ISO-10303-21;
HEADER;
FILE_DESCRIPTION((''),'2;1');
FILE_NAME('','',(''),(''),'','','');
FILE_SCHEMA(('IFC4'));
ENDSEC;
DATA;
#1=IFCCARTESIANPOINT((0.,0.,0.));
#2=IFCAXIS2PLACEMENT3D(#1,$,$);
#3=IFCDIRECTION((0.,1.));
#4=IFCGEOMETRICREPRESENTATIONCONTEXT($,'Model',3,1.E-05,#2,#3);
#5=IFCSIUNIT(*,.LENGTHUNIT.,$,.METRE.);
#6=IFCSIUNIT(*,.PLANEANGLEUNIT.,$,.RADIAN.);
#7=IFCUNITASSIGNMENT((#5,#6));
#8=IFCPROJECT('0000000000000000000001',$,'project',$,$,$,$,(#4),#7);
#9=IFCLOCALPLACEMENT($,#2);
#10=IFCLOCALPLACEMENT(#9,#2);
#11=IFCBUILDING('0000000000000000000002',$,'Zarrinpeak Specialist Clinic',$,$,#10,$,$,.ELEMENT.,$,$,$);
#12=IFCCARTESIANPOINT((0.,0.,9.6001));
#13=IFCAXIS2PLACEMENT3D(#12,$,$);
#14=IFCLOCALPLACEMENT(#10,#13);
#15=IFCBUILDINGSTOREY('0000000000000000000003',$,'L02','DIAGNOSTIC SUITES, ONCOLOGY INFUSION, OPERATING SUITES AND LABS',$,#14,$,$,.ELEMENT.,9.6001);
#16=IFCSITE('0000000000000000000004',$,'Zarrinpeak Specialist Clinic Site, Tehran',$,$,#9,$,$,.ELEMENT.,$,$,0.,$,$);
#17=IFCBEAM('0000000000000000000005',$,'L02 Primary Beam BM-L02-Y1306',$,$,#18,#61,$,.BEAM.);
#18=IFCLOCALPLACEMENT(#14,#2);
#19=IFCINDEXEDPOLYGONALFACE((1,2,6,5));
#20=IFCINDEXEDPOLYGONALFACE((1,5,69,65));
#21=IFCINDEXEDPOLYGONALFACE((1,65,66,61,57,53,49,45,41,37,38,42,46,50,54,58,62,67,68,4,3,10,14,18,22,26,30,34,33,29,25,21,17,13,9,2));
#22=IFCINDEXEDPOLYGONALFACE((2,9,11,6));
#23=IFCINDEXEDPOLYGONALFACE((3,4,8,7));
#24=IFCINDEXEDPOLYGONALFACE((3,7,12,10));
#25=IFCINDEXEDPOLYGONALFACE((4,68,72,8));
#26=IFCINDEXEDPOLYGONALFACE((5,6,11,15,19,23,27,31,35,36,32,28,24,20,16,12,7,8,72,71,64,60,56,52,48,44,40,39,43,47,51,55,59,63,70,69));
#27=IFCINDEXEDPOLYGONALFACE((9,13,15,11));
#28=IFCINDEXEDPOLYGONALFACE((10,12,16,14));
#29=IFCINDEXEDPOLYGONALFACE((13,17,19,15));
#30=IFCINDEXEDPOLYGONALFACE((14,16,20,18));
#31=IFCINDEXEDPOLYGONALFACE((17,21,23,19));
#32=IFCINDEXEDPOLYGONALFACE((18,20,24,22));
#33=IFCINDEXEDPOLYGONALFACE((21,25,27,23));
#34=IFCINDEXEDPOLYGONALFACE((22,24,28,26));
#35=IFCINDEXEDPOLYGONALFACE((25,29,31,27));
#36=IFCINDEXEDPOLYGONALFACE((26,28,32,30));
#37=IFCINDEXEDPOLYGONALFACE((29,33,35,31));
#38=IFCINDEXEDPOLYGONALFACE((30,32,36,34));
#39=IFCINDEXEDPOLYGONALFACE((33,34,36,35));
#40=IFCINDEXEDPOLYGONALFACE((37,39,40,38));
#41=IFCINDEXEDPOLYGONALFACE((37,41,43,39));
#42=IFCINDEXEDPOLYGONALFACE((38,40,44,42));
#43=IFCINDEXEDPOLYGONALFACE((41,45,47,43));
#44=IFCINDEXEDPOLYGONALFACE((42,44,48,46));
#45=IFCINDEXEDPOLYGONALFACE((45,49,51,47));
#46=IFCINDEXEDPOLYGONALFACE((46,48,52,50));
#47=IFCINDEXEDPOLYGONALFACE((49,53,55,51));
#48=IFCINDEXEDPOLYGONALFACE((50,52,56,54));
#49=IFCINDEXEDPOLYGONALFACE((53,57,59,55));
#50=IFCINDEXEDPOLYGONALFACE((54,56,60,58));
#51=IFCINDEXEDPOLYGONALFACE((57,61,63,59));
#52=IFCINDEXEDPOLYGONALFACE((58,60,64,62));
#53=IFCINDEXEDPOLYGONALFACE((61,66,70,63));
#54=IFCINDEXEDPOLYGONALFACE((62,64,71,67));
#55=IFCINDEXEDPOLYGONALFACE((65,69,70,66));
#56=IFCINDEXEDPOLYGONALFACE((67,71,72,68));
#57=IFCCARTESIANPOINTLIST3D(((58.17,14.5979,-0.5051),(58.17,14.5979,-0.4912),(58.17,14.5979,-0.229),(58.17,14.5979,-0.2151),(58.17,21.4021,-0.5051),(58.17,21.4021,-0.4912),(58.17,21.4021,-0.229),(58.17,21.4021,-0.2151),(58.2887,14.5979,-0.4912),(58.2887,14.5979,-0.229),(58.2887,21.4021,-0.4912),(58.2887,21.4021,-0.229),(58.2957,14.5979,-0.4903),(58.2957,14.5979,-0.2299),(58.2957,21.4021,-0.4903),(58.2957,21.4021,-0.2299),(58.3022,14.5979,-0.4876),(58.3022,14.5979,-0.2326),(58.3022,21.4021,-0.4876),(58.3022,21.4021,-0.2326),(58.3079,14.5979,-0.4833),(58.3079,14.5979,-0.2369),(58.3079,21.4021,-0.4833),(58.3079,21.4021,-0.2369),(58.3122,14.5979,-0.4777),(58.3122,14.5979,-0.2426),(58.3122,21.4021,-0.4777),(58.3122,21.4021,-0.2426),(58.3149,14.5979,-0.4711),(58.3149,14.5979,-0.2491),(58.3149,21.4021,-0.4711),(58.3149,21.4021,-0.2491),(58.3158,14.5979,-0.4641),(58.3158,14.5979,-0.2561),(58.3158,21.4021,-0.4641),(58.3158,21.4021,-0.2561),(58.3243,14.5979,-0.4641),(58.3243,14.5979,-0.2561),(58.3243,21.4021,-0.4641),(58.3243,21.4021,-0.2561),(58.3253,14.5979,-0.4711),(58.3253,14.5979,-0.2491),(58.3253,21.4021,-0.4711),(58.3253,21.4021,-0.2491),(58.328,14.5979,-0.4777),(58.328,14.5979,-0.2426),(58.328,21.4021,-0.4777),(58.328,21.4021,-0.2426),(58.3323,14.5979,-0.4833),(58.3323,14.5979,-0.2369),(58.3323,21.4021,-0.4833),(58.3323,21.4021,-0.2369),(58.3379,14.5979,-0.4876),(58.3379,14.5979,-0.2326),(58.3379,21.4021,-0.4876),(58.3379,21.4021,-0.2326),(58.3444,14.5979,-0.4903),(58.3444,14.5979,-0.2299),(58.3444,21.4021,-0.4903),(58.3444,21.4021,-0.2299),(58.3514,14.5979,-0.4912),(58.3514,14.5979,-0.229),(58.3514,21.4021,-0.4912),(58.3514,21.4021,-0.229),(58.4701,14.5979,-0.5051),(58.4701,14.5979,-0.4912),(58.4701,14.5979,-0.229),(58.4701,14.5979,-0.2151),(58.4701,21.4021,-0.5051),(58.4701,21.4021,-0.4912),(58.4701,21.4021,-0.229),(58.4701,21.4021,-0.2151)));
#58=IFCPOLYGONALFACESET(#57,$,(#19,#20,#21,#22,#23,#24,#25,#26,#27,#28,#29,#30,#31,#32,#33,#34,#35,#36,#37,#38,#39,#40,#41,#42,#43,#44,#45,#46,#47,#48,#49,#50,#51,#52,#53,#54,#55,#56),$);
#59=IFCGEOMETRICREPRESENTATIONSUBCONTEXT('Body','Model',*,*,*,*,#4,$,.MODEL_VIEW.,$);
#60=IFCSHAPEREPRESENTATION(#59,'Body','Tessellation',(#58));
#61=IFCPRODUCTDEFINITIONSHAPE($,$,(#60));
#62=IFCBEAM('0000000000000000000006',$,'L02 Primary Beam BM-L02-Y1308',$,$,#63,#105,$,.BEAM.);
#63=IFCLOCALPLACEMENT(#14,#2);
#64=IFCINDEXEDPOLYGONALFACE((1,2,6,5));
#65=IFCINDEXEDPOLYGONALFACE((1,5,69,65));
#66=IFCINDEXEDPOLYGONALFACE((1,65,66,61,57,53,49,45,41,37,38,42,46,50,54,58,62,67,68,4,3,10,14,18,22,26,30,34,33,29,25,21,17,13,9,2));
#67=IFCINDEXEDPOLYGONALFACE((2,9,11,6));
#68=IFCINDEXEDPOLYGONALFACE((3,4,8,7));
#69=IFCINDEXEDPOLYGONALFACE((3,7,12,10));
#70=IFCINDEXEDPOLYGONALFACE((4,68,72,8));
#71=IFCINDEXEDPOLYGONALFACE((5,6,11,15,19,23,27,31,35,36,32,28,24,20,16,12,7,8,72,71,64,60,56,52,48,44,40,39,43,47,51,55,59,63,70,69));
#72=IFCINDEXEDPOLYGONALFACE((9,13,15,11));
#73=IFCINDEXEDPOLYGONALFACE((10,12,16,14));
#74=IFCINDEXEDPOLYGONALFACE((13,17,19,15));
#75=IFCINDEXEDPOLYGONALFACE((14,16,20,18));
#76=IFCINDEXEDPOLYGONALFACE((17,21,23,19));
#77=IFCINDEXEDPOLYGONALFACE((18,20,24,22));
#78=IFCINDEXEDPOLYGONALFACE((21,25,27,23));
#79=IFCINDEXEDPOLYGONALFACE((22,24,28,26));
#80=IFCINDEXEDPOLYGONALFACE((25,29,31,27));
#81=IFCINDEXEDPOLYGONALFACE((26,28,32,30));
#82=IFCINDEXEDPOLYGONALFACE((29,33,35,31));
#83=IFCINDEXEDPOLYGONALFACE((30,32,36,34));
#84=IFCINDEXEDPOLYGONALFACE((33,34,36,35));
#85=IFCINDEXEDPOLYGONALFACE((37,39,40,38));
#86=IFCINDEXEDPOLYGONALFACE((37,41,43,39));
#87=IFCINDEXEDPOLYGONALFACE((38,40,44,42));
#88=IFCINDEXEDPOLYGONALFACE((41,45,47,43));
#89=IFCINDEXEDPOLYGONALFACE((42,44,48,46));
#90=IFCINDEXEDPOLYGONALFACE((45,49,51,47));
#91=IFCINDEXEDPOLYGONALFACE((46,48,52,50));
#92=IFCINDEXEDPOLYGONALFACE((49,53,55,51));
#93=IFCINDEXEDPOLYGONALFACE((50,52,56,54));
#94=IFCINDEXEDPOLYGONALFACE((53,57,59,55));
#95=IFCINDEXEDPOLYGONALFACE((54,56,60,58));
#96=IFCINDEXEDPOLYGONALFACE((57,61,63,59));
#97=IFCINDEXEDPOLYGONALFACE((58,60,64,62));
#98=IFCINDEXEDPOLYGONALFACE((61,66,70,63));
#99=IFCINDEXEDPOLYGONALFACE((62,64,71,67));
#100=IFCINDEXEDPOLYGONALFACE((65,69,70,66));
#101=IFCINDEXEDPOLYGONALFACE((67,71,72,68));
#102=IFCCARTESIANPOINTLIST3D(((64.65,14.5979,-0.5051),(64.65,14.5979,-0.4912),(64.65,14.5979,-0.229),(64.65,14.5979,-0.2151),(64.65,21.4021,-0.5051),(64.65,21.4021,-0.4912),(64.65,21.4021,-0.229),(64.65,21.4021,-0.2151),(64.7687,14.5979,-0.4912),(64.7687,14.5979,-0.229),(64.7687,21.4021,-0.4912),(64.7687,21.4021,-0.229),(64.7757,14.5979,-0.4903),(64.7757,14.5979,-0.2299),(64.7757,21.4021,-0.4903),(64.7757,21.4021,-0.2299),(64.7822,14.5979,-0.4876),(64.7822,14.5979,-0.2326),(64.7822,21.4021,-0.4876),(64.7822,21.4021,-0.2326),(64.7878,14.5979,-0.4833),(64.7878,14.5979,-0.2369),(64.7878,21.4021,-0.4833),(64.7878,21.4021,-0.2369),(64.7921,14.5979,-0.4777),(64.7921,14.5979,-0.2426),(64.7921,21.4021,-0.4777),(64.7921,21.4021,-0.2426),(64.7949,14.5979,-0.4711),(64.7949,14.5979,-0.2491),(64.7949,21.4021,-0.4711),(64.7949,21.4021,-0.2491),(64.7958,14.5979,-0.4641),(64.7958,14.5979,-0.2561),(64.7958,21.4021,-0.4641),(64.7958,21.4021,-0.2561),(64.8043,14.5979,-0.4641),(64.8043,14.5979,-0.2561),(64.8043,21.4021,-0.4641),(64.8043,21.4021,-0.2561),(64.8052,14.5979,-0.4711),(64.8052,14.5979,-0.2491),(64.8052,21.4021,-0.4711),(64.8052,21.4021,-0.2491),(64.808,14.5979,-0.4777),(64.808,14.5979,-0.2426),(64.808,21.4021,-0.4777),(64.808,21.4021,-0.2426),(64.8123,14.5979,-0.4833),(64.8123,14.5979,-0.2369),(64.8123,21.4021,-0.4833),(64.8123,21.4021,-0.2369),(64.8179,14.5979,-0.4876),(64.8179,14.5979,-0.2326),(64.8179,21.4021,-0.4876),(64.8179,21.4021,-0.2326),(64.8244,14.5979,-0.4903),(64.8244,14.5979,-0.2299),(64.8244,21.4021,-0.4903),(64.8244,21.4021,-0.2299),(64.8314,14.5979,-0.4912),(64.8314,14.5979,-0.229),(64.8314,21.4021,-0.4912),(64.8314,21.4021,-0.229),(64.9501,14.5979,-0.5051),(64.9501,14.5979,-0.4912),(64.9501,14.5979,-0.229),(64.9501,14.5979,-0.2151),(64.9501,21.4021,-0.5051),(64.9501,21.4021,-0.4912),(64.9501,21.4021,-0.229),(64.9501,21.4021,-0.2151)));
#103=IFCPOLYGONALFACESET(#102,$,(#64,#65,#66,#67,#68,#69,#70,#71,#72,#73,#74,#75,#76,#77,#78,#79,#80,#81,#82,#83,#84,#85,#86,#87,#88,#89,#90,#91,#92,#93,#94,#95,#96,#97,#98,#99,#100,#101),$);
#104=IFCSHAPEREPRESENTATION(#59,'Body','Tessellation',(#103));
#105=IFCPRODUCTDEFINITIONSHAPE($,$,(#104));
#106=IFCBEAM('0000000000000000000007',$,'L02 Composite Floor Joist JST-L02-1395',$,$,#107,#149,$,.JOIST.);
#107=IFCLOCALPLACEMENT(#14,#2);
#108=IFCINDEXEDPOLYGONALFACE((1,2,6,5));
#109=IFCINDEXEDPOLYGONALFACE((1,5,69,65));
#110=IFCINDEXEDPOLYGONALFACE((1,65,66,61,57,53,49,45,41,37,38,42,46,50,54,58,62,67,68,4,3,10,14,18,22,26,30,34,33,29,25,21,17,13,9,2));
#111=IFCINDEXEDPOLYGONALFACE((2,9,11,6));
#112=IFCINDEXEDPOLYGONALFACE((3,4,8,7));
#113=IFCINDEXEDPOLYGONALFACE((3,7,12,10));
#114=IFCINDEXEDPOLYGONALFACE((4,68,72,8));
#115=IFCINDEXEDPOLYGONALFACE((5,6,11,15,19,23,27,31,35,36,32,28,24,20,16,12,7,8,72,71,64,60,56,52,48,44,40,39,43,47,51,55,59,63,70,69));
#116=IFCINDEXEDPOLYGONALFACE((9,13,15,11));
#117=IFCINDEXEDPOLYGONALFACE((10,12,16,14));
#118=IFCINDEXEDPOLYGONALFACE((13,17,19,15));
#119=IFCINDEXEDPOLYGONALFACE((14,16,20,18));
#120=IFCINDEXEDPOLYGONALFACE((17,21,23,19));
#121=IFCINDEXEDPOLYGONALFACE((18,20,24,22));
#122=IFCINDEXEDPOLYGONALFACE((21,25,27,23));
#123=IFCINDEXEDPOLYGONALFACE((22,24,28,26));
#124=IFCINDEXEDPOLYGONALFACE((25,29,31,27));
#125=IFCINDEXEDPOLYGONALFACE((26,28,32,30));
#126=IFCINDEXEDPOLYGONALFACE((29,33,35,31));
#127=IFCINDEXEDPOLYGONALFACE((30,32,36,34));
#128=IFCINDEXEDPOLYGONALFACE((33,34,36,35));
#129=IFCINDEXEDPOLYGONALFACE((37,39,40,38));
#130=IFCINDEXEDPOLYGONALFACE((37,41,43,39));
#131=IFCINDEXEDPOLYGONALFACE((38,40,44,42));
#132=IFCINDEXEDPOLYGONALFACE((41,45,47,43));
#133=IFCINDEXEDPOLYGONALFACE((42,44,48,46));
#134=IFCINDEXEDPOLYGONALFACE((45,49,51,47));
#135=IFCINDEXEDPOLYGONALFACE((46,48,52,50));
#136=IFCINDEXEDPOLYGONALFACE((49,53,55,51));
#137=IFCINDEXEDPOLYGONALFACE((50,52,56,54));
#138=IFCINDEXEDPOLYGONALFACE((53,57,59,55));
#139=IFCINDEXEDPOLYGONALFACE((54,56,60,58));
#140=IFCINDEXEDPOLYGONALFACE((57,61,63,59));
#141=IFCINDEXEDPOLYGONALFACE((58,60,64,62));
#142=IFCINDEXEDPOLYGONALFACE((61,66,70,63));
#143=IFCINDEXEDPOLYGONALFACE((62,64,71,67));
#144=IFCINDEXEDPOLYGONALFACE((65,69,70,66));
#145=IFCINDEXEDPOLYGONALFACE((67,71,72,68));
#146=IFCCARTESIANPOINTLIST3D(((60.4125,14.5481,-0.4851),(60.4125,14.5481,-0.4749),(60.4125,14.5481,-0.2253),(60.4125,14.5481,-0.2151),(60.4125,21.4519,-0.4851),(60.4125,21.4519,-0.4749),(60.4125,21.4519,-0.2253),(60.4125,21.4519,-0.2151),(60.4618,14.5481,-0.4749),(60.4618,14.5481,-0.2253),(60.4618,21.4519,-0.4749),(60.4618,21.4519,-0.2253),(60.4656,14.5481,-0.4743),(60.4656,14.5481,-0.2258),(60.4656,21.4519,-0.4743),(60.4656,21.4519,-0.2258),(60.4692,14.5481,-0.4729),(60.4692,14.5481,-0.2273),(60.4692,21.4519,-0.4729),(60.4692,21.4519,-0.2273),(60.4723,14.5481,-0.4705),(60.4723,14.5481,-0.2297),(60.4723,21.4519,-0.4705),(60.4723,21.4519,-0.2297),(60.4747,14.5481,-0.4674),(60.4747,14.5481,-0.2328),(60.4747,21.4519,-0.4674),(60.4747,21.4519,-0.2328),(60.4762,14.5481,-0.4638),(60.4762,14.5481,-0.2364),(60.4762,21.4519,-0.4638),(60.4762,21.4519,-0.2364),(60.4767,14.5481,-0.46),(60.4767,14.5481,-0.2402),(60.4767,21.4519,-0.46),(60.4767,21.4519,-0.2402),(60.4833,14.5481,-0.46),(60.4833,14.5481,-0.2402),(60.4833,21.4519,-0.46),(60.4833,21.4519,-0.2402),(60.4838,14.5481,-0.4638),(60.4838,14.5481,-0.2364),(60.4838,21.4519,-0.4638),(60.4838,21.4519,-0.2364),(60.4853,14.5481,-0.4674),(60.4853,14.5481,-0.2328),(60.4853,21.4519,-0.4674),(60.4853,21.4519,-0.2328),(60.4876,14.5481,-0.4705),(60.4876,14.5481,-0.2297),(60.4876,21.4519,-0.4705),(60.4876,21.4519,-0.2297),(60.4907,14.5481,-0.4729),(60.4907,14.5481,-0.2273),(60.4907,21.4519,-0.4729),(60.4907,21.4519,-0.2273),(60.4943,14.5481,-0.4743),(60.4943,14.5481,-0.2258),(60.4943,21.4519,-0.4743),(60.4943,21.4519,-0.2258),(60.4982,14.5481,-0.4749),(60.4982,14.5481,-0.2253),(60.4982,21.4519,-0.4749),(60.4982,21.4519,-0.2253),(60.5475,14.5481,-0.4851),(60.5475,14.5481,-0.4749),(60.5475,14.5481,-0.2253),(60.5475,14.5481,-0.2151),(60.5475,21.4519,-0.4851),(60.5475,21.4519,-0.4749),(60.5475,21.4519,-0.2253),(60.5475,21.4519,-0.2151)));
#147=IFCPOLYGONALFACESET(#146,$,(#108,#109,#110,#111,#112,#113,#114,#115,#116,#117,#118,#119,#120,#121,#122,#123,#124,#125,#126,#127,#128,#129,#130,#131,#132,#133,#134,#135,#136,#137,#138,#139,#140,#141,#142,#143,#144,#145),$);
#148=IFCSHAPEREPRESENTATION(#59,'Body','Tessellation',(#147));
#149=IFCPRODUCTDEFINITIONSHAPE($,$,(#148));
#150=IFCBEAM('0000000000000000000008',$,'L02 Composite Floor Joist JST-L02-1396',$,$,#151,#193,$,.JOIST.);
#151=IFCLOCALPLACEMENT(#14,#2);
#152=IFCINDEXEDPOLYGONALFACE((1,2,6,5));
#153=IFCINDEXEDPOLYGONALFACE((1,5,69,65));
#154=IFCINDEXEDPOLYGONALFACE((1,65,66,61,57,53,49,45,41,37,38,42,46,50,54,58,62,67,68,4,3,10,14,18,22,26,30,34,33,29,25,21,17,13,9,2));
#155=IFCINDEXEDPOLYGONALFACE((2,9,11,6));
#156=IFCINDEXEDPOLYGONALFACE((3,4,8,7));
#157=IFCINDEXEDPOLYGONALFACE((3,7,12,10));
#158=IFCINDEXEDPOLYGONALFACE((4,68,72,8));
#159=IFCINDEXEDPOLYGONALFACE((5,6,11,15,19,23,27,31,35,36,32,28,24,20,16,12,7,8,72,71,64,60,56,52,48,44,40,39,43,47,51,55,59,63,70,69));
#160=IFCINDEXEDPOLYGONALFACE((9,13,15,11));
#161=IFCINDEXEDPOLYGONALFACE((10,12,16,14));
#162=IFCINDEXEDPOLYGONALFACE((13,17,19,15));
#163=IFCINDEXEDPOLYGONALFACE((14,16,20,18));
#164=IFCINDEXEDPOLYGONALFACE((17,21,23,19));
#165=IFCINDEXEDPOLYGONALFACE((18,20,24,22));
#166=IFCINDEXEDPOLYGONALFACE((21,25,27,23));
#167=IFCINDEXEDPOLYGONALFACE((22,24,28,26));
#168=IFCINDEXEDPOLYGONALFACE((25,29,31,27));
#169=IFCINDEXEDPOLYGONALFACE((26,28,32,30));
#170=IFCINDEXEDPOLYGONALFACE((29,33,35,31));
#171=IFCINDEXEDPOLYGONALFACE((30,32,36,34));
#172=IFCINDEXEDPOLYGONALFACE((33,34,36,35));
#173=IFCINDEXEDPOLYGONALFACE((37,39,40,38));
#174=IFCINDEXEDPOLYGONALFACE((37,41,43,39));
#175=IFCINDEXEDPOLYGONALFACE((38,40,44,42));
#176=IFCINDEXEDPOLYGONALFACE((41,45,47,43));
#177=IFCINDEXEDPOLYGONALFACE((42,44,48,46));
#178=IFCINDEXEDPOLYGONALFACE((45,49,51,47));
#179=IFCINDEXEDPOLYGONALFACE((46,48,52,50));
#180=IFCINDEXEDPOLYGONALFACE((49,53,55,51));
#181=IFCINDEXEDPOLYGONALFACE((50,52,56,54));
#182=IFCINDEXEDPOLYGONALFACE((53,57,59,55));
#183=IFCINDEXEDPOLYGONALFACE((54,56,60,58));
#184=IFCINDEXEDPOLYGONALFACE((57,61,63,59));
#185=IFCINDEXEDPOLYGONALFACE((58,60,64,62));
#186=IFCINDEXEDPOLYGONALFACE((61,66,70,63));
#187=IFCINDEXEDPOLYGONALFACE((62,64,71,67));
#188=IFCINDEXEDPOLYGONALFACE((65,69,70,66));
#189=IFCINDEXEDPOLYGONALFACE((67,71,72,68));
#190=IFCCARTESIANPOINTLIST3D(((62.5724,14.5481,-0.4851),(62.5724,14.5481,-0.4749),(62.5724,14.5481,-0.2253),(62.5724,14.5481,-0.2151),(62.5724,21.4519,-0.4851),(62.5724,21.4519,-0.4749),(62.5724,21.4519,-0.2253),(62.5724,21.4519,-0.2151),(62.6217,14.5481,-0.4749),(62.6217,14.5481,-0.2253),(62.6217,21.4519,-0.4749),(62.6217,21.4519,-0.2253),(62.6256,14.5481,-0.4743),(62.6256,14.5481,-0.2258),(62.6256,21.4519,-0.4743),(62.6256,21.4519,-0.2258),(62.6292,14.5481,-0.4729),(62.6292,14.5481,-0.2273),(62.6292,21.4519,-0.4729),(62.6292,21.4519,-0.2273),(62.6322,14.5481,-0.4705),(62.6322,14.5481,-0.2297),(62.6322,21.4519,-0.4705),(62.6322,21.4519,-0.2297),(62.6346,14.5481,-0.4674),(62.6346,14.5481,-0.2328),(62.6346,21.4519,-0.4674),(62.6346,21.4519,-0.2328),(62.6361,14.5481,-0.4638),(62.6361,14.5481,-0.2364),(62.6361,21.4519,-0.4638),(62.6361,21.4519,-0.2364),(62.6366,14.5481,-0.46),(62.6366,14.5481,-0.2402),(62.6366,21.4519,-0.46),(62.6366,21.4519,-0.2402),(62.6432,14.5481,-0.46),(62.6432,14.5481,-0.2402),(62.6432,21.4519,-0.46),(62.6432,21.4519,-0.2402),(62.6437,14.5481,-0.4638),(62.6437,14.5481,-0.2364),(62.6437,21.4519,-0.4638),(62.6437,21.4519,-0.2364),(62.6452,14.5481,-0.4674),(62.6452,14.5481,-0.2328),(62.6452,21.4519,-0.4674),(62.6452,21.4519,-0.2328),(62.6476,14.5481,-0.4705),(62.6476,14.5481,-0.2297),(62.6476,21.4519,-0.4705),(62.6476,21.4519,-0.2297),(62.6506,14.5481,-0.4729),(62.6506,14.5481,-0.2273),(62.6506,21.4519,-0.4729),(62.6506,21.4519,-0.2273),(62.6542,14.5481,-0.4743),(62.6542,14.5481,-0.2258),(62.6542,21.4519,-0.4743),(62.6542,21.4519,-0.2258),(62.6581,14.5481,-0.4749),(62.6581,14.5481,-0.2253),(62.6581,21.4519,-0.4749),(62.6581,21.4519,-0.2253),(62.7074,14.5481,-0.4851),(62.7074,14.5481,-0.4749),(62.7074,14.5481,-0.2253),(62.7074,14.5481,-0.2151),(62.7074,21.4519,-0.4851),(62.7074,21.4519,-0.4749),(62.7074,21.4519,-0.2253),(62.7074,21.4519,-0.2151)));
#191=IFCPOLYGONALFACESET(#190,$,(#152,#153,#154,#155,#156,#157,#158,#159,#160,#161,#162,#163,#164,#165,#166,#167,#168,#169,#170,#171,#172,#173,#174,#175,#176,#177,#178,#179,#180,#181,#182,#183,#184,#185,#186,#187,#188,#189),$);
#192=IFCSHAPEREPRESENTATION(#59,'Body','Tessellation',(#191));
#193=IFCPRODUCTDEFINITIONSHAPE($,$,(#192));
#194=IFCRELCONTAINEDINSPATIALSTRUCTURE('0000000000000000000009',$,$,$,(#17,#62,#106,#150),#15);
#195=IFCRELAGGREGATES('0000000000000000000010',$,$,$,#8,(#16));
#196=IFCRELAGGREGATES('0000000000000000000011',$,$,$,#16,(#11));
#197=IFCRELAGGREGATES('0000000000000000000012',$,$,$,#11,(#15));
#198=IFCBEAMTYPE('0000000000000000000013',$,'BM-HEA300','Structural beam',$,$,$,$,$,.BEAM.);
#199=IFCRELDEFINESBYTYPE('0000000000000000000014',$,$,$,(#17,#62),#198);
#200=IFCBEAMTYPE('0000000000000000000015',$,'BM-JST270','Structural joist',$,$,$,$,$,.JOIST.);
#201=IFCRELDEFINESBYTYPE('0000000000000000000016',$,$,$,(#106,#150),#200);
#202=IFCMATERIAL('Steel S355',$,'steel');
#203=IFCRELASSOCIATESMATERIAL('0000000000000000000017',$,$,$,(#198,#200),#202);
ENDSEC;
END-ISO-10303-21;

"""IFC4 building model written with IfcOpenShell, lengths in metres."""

from ifc_helpers import new_model, si_unit, direction, frame, origin, origin_2d, place, context, subcontext, project, spatial, i_section, extrude, material, material_profile, profile_set, type_object, element, save


model = new_model("IFC4")

# Units and contexts
model_context = context("Model", 3, precision=1e-05, world=origin(), true_north=direction((0.0, 1.0)))
body_context = subcontext(model_context, "Body", "Model", "MODEL_VIEW")
ifc_project = project(units=[si_unit("LENGTHUNIT", "METRE"), si_unit("PLANEANGLEUNIT", "RADIAN")], contexts=[model_context])

# Site, building, storey
site_placement = place(None, origin())
site = spatial("IfcSite", under=ifc_project, at=site_placement, Name="Zarrinpeak Specialist Clinic Site, Tehran", CompositionType="ELEMENT", RefElevation=0.0)
building_placement = place(site_placement, origin())
building = spatial("IfcBuilding", under=site, at=building_placement, Name="Zarrinpeak Specialist Clinic", CompositionType="ELEMENT")
storey_placement = place(building_placement, frame((0.0, 0.0, 9.6001)))
storey = spatial("IfcBuildingStorey", under=building, at=storey_placement, Name="L02", Description="DIAGNOSTIC SUITES, ONCOLOGY INFUSION, OPERATING SUITES AND LABS", CompositionType="ELEMENT", Elevation=9.6001)

# Shared definitions
ifc_material_1 = material(Name="Steel S355", Category="steel")

# Beams
ifc_material_profile_1 = material_profile(ifc_material_1, i_section(OverallWidth=0.3, OverallDepth=0.29, WebThickness=0.0085, FlangeThickness=0.0139, FilletRadius=0.0271, at=origin_2d()), Name="HEA 300")
ifc_profile_set_1 = profile_set([ifc_material_profile_1], Name="Steel S355")
beam_type_1 = type_object("IfcBeamType", Name="BM-HEA300", Description="Structural beam", PredefinedType="BEAM", material=ifc_profile_set_1)
for number, where, z_axis, x_axis, name in (
    (1, (58.3201, 14.5979, -0.3601), (0.0, 1.0, 0.0), (-1.0, 0.0, 0.0), "L02 Primary Beam BM-L02-Y1306"),
    (2, (64.8, 14.5979, -0.3601), (0.0, 1.0, 0.0), (-1.0, 0.0, 0.0), "L02 Primary Beam BM-L02-Y1308"),
):
    element("IfcBeam", number, at=place(storey_placement, frame(where, z_axis=z_axis, x_axis=x_axis)), inside=storey, type_object=beam_type_1, Name=name, PredefinedType="BEAM", context=body_context, shape_type="SweptSolid", body=[
        extrude(i_section(OverallWidth=0.3, OverallDepth=0.29, WebThickness=0.0085, FlangeThickness=0.0139, FilletRadius=0.0271, at=origin_2d()), origin(), (0.0, 0.0, 1.0), 6.8042),
    ])
ifc_material_profile_2 = material_profile(ifc_material_1, i_section(OverallWidth=0.135, OverallDepth=0.27, WebThickness=0.0066, FlangeThickness=0.0103, FilletRadius=0.0149, at=origin_2d()), Name="IPE 270")
ifc_profile_set_2 = profile_set([ifc_material_profile_2], Name="Steel S355")
beam_type_2 = type_object("IfcBeamType", Name="BM-JST270", Description="Structural joist", PredefinedType="JOIST", material=ifc_profile_set_2)
for number, where, z_axis, x_axis, name in (
    (3, (60.48, 14.5481, -0.3501), (0.0, 1.0, 0.0), (-1.0, 0.0, 0.0), "L02 Composite Floor Joist JST-L02-1395"),
    (4, (62.6399, 14.5481, -0.3501), (0.0, 1.0, 0.0), (-1.0, 0.0, 0.0), "L02 Composite Floor Joist JST-L02-1396"),
):
    element("IfcBeam", number, at=place(storey_placement, frame(where, z_axis=z_axis, x_axis=x_axis)), inside=storey, type_object=beam_type_2, Name=name, PredefinedType="JOIST", context=body_context, shape_type="SweptSolid", body=[
        extrude(i_section(OverallWidth=0.135, OverallDepth=0.27, WebThickness=0.0066, FlangeThickness=0.0103, FilletRadius=0.0149, at=origin_2d()), origin(), (0.0, 0.0, 1.0), 6.9038),
    ])

save(model, "model.ifc")
